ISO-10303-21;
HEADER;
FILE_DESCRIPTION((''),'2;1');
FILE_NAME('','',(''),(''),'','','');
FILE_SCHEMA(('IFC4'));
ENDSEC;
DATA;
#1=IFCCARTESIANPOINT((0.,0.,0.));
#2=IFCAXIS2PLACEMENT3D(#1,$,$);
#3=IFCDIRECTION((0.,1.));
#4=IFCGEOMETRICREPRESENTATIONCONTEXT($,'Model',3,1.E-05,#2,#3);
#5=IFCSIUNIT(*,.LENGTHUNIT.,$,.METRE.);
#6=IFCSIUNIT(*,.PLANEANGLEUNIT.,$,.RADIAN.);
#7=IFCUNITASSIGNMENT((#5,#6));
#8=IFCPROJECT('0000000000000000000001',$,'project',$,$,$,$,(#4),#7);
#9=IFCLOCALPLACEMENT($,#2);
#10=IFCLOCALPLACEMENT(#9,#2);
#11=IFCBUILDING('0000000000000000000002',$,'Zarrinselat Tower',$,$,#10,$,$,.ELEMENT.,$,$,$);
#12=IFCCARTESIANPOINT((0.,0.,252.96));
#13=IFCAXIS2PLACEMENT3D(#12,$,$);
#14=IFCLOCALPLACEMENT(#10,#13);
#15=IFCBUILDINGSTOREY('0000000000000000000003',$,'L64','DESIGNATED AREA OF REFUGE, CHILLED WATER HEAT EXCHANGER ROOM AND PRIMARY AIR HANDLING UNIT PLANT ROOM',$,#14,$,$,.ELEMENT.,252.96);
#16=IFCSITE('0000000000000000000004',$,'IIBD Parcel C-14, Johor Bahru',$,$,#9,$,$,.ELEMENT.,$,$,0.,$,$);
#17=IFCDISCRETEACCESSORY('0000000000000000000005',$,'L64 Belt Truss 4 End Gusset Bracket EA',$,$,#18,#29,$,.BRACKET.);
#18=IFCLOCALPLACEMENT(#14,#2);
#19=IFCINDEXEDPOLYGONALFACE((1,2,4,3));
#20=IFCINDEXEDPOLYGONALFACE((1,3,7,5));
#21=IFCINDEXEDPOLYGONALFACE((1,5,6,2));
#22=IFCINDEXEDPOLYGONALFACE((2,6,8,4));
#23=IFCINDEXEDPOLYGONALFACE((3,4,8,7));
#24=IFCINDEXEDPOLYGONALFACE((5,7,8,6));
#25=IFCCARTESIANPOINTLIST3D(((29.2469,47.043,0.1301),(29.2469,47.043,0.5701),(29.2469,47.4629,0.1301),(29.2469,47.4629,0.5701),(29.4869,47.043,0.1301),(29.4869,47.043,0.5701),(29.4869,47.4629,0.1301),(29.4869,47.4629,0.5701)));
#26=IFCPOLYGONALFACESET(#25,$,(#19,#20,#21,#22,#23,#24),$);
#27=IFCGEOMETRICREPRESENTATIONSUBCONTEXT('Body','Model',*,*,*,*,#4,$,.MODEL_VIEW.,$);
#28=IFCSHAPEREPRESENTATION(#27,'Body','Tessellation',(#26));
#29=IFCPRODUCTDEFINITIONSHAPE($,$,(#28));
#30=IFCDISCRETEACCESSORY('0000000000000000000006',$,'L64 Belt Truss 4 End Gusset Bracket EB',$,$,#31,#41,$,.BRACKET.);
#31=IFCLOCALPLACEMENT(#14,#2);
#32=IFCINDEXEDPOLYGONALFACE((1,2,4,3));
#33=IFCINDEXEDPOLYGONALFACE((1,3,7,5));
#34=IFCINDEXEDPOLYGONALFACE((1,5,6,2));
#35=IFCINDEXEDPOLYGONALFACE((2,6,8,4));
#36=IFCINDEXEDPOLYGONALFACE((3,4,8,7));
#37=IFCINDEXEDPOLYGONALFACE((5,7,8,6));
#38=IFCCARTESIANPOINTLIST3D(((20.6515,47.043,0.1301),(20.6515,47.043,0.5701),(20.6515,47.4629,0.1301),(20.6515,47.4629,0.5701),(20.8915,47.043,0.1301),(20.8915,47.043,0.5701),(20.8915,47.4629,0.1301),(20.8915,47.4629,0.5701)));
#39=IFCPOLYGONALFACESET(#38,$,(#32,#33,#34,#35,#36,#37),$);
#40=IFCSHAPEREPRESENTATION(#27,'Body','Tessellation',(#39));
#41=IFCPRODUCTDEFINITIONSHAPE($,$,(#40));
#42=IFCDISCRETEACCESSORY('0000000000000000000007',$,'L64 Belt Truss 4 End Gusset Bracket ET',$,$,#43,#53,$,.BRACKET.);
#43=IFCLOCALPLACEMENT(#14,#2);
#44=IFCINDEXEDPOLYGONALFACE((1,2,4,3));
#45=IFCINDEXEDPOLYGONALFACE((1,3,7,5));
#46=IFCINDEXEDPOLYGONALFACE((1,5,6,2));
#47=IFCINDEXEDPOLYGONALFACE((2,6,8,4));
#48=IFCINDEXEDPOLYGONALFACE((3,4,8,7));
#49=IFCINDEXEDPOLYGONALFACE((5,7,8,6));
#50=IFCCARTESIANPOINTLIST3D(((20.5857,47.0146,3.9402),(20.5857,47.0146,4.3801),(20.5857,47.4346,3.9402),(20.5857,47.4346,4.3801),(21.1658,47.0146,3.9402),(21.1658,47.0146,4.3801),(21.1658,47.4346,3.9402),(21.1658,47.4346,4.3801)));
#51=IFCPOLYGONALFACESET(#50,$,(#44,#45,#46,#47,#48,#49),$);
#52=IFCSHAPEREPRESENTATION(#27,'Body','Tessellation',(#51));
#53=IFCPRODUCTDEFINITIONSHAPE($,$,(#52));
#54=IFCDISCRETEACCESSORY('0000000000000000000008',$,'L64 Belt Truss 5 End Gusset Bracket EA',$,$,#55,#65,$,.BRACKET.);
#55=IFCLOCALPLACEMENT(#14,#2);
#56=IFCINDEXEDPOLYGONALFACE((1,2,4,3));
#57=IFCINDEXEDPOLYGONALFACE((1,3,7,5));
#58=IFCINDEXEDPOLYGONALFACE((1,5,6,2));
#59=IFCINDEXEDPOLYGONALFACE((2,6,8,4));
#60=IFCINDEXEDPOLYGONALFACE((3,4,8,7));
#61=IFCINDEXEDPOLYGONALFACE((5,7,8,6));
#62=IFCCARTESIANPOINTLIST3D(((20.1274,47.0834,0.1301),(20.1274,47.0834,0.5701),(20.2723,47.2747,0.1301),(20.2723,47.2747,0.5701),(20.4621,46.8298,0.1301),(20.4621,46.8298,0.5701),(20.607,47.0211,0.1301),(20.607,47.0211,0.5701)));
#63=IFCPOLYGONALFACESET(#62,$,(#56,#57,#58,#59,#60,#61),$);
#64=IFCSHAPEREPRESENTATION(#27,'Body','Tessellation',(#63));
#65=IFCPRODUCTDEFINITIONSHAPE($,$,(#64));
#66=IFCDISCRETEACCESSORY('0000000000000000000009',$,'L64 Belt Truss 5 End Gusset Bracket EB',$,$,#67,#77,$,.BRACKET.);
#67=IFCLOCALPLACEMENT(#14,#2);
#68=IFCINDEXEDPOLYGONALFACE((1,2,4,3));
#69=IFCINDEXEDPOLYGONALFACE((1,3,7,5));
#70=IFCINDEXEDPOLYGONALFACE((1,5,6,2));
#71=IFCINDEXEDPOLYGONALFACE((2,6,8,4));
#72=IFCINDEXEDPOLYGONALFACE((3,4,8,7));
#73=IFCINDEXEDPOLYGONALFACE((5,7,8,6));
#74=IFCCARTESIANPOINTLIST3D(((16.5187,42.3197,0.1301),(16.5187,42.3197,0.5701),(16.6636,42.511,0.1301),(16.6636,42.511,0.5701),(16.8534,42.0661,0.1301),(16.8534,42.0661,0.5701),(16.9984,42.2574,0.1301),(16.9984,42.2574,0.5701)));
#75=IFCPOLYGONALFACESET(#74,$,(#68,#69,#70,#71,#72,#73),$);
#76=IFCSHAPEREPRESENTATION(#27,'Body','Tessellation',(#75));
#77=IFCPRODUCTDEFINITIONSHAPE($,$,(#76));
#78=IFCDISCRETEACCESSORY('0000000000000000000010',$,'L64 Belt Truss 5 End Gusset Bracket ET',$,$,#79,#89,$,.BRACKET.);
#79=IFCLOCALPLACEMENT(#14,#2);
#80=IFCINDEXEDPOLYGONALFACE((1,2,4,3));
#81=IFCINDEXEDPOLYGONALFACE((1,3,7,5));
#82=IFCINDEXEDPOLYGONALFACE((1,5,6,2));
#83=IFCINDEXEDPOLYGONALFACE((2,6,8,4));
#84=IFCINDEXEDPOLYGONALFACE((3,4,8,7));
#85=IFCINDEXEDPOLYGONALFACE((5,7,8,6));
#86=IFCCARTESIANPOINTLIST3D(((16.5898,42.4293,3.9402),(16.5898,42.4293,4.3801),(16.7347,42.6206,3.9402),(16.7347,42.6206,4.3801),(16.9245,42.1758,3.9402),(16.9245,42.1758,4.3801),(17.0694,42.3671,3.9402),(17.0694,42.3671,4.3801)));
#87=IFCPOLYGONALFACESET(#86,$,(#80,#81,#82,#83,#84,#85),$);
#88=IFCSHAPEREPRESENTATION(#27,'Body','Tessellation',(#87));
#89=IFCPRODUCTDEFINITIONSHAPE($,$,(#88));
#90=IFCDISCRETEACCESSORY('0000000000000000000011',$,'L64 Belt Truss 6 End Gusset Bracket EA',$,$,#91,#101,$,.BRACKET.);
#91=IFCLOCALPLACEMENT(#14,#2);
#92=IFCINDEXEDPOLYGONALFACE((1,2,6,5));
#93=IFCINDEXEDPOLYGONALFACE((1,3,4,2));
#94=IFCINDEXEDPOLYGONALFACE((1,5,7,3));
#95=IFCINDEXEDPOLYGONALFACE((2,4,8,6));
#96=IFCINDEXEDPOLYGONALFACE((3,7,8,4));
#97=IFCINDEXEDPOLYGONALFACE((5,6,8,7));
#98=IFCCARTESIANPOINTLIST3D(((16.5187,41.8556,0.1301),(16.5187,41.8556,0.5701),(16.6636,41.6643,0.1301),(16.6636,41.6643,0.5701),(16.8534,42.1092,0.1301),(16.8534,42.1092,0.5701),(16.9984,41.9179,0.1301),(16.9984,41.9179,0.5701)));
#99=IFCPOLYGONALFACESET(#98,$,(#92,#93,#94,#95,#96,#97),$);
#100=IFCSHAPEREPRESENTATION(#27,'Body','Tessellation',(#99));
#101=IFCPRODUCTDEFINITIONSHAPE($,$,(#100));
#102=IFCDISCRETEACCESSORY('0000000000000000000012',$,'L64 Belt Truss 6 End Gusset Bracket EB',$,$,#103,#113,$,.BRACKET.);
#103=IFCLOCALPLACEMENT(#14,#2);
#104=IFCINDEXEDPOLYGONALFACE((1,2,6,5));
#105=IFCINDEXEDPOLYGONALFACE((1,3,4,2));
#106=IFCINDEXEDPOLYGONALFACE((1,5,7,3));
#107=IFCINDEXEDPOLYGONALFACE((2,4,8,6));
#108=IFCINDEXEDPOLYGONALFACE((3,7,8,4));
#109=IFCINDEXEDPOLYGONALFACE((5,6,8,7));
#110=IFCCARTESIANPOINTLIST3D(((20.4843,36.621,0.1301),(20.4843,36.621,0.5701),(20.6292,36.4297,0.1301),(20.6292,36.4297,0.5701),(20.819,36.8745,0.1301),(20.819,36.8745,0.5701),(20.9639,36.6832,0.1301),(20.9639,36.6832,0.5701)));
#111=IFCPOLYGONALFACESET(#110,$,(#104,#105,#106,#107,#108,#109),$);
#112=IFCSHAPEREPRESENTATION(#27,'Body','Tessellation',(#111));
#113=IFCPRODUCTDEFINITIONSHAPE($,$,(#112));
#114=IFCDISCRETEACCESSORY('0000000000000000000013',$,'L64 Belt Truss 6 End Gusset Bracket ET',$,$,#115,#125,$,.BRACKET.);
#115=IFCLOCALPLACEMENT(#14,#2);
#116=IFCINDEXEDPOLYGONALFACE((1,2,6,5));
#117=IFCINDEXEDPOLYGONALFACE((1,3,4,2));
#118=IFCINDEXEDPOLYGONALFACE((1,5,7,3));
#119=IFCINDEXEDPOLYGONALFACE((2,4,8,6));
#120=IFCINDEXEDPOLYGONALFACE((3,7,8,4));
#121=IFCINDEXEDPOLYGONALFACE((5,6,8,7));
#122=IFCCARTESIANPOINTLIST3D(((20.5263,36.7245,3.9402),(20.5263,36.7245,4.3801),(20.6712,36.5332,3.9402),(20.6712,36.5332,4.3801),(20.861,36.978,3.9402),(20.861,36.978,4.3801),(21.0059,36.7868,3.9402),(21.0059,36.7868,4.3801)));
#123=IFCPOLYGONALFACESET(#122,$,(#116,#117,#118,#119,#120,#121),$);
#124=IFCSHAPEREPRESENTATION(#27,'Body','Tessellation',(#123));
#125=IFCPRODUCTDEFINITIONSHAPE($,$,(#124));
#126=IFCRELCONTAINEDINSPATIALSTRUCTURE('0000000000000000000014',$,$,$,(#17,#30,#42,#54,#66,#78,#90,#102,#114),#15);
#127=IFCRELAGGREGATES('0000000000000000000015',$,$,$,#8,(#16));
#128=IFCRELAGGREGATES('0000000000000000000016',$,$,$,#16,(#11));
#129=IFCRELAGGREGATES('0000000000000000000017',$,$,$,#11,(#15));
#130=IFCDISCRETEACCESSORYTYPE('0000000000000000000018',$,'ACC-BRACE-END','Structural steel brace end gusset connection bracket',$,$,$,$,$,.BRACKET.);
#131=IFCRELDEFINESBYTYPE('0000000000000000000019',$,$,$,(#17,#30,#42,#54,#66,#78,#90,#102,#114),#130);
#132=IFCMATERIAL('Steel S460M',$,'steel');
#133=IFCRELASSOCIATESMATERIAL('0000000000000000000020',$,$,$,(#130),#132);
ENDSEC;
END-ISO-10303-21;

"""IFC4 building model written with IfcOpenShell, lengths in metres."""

from ifc_helpers import new_model, si_unit, direction, frame, origin, origin_2d, place, context, subcontext, project, spatial, rectangle, extrude, material, type_object, element, save


model = new_model("IFC4")

# Units and contexts
model_context = context("Model", 3, precision=1e-05, world=origin(), true_north=direction((0.0, 1.0)))
body_context = subcontext(model_context, "Body", "Model", "MODEL_VIEW")
ifc_project = project(units=[si_unit("LENGTHUNIT", "METRE"), si_unit("PLANEANGLEUNIT", "RADIAN")], contexts=[model_context])

# Site, building, storey
site_placement = place(None, origin())
site = spatial("IfcSite", under=ifc_project, at=site_placement, Name="IIBD Parcel C-14, Johor Bahru", CompositionType="ELEMENT", RefElevation=0.0)
building_placement = place(site_placement, origin())
building = spatial("IfcBuilding", under=site, at=building_placement, Name="Zarrinselat Tower", CompositionType="ELEMENT")
storey_placement = place(building_placement, frame((0.0, 0.0, 252.96)))
storey = spatial("IfcBuildingStorey", under=building, at=storey_placement, Name="L64", Description="DESIGNATED AREA OF REFUGE, CHILLED WATER HEAT EXCHANGER ROOM AND PRIMARY AIR HANDLING UNIT PLANT ROOM", CompositionType="ELEMENT", Elevation=252.96)

# Discrete accessories
ifc_material_1 = material(Name="Steel S460M", Category="steel")
discrete_accessory_type = type_object("IfcDiscreteAccessoryType", Name="ACC-BRACE-END", Description="Structural steel brace end gusset connection bracket", PredefinedType="BRACKET", material=ifc_material_1)
for number, where, z_axis, x_axis, name in (
    (1, (29.3669, 47.2529, 0.1301), (0.0, 0.0, 1.0), (-1.0, 0.0, 0.0), "L64 Belt Truss 4 End Gusset Bracket EA"),
    (2, (20.7715, 47.2529, 0.1301), (0.0, 0.0, 1.0), (-1.0, 0.0, 0.0), "L64 Belt Truss 4 End Gusset Bracket EB"),
):
    element("IfcDiscreteAccessory", number, at=place(storey_placement, frame(where, z_axis=z_axis, x_axis=x_axis)), inside=storey, type_object=discrete_accessory_type, Name=name, PredefinedType="BRACKET", context=body_context, shape_type="SweptSolid", body=[
        extrude(rectangle(XDim=0.24, YDim=0.4199, at=origin_2d()), origin(), (0.0, 0.0, 1.0), 0.4399),
    ])
discrete_accessory_placement = place(storey_placement, frame((20.8757, 47.2246, 3.9402), z_axis=(0.0, 0.0, 1.0), x_axis=(-1.0, 0.0, 0.0)))
element("IfcDiscreteAccessory", 3, at=discrete_accessory_placement, inside=storey, type_object=discrete_accessory_type, Name="L64 Belt Truss 4 End Gusset Bracket ET", PredefinedType="BRACKET", context=body_context, shape_type="SweptSolid", body=[
    extrude(rectangle(XDim=0.5801, YDim=0.4199, at=origin_2d()), origin(), (0.0, 0.0, 1.0), 0.4399),
])
for number, where, z_axis, x_axis, name in (
    (4, (20.3672, 47.0522, 0.1301), (0.0, 0.0, 1.0), (-0.603857, -0.797093, 0.0), "L64 Belt Truss 5 End Gusset Bracket EA"),
    (5, (16.7585, 42.2886, 0.1301), (0.0, 0.0, 1.0), (-0.603857, -0.797093, 0.0), "L64 Belt Truss 5 End Gusset Bracket EB"),
    (6, (16.8296, 42.3982, 3.9402), (0.0, 0.0, 1.0), (-0.603857, -0.797093, 0.0), "L64 Belt Truss 5 End Gusset Bracket ET"),
    (7, (16.7585, 41.8867, 0.1301), (0.0, 0.0, 1.0), (0.603863, -0.797088, 0.0), "L64 Belt Truss 6 End Gusset Bracket EA"),
    (8, (20.7241, 36.6521, 0.1301), (0.0, 0.0, 1.0), (0.603863, -0.797088, 0.0), "L64 Belt Truss 6 End Gusset Bracket EB"),
    (9, (20.7661, 36.7556, 3.9402), (0.0, 0.0, 1.0), (0.603863, -0.797088, 0.0), "L64 Belt Truss 6 End Gusset Bracket ET"),
):
    element("IfcDiscreteAccessory", number, at=place(storey_placement, frame(where, z_axis=z_axis, x_axis=x_axis)), inside=storey, type_object=discrete_accessory_type, Name=name, PredefinedType="BRACKET", context=body_context, shape_type="SweptSolid", body=[
        extrude(rectangle(XDim=0.24, YDim=0.4199, at=origin_2d()), origin(), (0.0, 0.0, 1.0), 0.4399),
    ])

save(model, "model.ifc")
